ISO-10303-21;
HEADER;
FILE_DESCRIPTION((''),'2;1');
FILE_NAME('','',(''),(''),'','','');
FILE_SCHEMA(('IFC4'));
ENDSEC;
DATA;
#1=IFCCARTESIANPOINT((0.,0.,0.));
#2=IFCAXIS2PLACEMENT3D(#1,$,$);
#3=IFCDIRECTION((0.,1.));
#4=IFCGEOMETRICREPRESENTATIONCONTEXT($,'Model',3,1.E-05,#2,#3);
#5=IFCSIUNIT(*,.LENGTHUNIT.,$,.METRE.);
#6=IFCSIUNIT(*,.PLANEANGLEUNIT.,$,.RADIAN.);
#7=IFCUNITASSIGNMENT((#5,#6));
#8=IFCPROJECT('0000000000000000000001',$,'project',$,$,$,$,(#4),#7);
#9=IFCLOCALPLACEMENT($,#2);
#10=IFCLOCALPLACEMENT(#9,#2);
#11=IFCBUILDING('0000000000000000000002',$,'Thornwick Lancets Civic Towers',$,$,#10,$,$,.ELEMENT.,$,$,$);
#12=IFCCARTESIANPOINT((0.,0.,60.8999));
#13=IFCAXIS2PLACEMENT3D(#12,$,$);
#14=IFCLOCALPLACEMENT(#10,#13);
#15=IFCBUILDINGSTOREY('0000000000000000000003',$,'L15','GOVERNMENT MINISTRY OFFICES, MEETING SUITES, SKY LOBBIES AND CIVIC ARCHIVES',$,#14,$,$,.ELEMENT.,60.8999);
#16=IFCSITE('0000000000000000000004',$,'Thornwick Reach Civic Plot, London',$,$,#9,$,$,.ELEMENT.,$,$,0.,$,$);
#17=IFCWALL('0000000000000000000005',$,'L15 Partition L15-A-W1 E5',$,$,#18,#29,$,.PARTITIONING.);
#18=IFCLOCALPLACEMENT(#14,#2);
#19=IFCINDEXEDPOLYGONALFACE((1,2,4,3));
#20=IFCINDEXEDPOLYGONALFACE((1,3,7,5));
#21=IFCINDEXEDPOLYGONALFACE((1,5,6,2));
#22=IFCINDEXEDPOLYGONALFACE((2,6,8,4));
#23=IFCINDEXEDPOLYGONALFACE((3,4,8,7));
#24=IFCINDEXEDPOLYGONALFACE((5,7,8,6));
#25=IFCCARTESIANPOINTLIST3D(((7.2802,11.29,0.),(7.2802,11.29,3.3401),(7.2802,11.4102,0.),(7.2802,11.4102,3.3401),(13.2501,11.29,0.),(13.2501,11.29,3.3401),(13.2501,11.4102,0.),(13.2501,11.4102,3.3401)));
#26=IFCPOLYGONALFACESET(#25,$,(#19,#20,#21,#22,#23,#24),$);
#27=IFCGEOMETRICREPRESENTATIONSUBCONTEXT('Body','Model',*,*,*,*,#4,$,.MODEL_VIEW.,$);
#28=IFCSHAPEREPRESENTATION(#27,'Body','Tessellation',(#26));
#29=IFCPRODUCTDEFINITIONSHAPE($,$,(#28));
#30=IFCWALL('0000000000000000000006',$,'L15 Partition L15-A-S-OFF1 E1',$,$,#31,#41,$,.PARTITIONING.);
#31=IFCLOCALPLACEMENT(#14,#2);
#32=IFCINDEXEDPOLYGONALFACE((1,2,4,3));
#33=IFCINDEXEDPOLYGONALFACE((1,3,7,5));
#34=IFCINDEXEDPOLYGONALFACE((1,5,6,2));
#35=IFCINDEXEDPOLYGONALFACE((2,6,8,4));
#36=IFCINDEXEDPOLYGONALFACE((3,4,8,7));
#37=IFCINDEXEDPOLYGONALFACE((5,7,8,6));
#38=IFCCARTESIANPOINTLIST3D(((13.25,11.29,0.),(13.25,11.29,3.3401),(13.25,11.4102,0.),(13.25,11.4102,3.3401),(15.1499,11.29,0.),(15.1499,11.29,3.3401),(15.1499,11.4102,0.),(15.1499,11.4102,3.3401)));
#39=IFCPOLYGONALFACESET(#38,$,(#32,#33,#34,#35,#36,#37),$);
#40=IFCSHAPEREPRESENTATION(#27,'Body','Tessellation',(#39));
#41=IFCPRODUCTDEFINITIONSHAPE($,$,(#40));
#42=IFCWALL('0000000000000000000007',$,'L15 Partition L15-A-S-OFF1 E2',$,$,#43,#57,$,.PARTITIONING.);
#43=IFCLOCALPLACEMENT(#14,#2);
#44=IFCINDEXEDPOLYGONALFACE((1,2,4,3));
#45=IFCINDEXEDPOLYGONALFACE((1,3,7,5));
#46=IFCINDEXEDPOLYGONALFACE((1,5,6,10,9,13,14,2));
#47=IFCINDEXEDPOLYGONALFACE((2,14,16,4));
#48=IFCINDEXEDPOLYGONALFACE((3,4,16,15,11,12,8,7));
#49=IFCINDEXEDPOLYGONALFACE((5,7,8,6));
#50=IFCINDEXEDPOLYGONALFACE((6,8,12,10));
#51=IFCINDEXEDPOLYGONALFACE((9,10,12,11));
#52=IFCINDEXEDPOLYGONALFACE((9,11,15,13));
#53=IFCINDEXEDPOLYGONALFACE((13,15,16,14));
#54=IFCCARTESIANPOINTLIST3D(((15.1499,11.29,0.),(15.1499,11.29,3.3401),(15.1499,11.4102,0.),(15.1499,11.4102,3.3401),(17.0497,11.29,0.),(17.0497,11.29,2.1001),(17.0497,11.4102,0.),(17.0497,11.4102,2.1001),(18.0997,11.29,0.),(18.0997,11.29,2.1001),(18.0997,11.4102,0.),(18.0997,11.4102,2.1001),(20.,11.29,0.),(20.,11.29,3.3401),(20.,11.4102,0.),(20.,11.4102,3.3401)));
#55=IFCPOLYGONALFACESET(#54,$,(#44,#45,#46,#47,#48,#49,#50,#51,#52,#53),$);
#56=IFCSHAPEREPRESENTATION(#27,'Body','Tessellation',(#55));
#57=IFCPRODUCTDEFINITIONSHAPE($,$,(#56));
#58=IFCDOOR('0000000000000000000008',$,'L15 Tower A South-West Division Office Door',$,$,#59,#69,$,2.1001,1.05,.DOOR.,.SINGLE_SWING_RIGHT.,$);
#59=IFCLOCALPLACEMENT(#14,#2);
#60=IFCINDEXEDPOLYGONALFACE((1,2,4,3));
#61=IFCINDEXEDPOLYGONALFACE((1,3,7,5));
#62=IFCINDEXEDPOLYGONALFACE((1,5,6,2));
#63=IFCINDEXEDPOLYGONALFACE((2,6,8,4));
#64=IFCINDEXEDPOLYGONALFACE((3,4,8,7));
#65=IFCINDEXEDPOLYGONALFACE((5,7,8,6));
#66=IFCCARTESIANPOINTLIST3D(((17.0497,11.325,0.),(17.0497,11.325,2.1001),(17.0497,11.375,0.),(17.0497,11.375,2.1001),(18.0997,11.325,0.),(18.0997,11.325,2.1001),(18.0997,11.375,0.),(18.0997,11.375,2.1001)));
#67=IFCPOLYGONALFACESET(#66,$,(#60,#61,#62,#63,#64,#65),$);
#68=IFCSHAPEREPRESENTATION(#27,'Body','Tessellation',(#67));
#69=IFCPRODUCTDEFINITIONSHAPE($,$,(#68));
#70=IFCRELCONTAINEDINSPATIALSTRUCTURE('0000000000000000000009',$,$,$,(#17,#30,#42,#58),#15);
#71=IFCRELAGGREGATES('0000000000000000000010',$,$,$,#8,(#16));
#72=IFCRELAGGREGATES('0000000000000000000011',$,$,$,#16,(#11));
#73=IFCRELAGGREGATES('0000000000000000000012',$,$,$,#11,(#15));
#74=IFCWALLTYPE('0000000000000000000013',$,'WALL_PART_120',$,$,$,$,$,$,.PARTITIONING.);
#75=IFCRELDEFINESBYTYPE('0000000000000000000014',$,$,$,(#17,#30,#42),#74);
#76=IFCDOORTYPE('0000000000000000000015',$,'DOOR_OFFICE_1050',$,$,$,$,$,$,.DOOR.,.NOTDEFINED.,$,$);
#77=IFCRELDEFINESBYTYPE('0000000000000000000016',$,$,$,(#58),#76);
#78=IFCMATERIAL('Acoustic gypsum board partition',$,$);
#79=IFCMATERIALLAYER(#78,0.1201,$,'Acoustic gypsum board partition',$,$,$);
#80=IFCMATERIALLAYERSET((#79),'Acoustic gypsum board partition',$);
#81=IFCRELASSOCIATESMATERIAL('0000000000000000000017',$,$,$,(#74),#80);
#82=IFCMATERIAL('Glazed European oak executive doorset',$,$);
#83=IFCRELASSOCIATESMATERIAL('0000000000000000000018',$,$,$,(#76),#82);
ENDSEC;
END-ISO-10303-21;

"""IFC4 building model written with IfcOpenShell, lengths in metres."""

from ifc_helpers import new_model, si_unit, direction, frame, frame_2d, origin, place, context, subcontext, project, spatial, rectangle, extrude, material, layer, layer_set, type_object, element, fill, save


model = new_model("IFC4")

# Units and contexts
model_context = context("Model", 3, precision=1e-05, world=origin(), true_north=direction((0.0, 1.0)))
body_context = subcontext(model_context, "Body", "Model", "MODEL_VIEW")
ifc_project = project(units=[si_unit("LENGTHUNIT", "METRE"), si_unit("PLANEANGLEUNIT", "RADIAN")], contexts=[model_context])

# Site, building, storey
site_placement = place(None, origin())
site = spatial("IfcSite", under=ifc_project, at=site_placement, Name="Thornwick Reach Civic Plot, London", CompositionType="ELEMENT", RefElevation=0.0)
building_placement = place(site_placement, origin())
building = spatial("IfcBuilding", under=site, at=building_placement, Name="Thornwick Lancets Civic Towers", CompositionType="ELEMENT")
storey_placement = place(building_placement, frame((0.0, 0.0, 60.8999)))
storey = spatial("IfcBuildingStorey", under=building, at=storey_placement, Name="L15", Description="GOVERNMENT MINISTRY OFFICES, MEETING SUITES, SKY LOBBIES AND CIVIC ARCHIVES", CompositionType="ELEMENT", Elevation=60.8999)

# Shared definitions
ifc_material_1 = material(Name="Acoustic gypsum board partition")
ifc_layer_1 = layer(ifc_material_1, 0.1201, Name="Acoustic gypsum board partition")
ifc_layer_set_1 = layer_set([ifc_layer_1], Name="Acoustic gypsum board partition")
wall_type_1 = type_object("IfcWallType", Name="WALL_PART_120", PredefinedType="PARTITIONING", material=ifc_layer_set_1)
ifc_material_2 = material(Name="Glazed European oak executive doorset")
door_type = type_object("IfcDoorType", Name="DOOR_OFFICE_1050", OperationType="NOTDEFINED", PredefinedType="DOOR", material=ifc_material_2)

# Walls
wall_1_placement = place(storey_placement, frame((13.25, 11.3501, 0.0), z_axis=(0.0, 0.0, 1.0), x_axis=(-1.0, 0.0, 0.0)))
element("IfcWall", 1, at=wall_1_placement, inside=storey, type_object=wall_type_1, Name="L15 Partition L15-A-W1 E5", PredefinedType="PARTITIONING", context=body_context, shape_type="SweptSolid", body=[
    extrude(rectangle(XDim=5.97, YDim=0.1201, at=frame_2d((2.9849, 0.0))), origin(), (0.0, 0.0, 1.0), 3.3401),
])
wall_2_placement = place(storey_placement, frame((13.25, 11.3501, 0.0), z_axis=(0.0, 0.0, 1.0), x_axis=(1.0, 0.0, 0.0)))
element("IfcWall", 2, at=wall_2_placement, inside=storey, type_object=wall_type_1, Name="L15 Partition L15-A-S-OFF1 E1", PredefinedType="PARTITIONING", context=body_context, shape_type="SweptSolid", body=[
    extrude(rectangle(XDim=1.8999, YDim=0.1201, at=frame_2d((0.95, 0.0))), origin(), (0.0, 0.0, 1.0), 3.3401),
])

# Wall, opening, door
wall_3_placement = place(storey_placement, frame((15.1499, 11.3501, 0.0), z_axis=(0.0, 0.0, 1.0), x_axis=(1.0, 0.0, 0.0)))
wall_3 = element("IfcWall", 3, at=wall_3_placement, inside=storey, type_object=wall_type_1, Name="L15 Partition L15-A-S-OFF1 E2", PredefinedType="PARTITIONING", context=body_context, shape_type="SweptSolid", body=[
    extrude(rectangle(XDim=4.8501, YDim=0.1201, at=frame_2d((2.425, 0.0))), origin(), (0.0, 0.0, 1.0), 3.3401),
])
opening_1_placement = place(wall_3_placement, frame((1.8999, 0.0, 0.0)))
opening_1 = element("IfcOpeningElement", 4, at=opening_1_placement, cuts=wall_3, PredefinedType="OPENING", context=body_context, shape_type="SweptSolid", body=[
    extrude(rectangle(XDim=1.05, YDim=2.1001, at=frame_2d((0.5249, 1.05))), frame((0.0, 0.0701, 0.0), z_axis=(0.0, -1.0, 0.0), x_axis=(1.0, 0.0, 0.0)), (0.0, 0.0, 1.0), 0.1401),
])
door_1_placement = place(opening_1_placement, origin())
door_1 = element("IfcDoor", 5, at=door_1_placement, inside=storey, type_object=door_type, Name="L15 Tower A South-West Division Office Door", OperationType="SINGLE_SWING_RIGHT", OverallHeight=2.1001, OverallWidth=1.05, PredefinedType="DOOR", context=body_context, shape_type="SweptSolid", body=[
    extrude(rectangle(XDim=1.05, YDim=2.1001, at=frame_2d((0.5249, 1.05))), frame((0.0, 0.0249, 0.0), z_axis=(0.0, -1.0, 0.0), x_axis=(1.0, 0.0, 0.0)), (0.0, 0.0, 1.0), 0.05),
])
fill(opening_1, door_1)

save(model, "model.ifc")
